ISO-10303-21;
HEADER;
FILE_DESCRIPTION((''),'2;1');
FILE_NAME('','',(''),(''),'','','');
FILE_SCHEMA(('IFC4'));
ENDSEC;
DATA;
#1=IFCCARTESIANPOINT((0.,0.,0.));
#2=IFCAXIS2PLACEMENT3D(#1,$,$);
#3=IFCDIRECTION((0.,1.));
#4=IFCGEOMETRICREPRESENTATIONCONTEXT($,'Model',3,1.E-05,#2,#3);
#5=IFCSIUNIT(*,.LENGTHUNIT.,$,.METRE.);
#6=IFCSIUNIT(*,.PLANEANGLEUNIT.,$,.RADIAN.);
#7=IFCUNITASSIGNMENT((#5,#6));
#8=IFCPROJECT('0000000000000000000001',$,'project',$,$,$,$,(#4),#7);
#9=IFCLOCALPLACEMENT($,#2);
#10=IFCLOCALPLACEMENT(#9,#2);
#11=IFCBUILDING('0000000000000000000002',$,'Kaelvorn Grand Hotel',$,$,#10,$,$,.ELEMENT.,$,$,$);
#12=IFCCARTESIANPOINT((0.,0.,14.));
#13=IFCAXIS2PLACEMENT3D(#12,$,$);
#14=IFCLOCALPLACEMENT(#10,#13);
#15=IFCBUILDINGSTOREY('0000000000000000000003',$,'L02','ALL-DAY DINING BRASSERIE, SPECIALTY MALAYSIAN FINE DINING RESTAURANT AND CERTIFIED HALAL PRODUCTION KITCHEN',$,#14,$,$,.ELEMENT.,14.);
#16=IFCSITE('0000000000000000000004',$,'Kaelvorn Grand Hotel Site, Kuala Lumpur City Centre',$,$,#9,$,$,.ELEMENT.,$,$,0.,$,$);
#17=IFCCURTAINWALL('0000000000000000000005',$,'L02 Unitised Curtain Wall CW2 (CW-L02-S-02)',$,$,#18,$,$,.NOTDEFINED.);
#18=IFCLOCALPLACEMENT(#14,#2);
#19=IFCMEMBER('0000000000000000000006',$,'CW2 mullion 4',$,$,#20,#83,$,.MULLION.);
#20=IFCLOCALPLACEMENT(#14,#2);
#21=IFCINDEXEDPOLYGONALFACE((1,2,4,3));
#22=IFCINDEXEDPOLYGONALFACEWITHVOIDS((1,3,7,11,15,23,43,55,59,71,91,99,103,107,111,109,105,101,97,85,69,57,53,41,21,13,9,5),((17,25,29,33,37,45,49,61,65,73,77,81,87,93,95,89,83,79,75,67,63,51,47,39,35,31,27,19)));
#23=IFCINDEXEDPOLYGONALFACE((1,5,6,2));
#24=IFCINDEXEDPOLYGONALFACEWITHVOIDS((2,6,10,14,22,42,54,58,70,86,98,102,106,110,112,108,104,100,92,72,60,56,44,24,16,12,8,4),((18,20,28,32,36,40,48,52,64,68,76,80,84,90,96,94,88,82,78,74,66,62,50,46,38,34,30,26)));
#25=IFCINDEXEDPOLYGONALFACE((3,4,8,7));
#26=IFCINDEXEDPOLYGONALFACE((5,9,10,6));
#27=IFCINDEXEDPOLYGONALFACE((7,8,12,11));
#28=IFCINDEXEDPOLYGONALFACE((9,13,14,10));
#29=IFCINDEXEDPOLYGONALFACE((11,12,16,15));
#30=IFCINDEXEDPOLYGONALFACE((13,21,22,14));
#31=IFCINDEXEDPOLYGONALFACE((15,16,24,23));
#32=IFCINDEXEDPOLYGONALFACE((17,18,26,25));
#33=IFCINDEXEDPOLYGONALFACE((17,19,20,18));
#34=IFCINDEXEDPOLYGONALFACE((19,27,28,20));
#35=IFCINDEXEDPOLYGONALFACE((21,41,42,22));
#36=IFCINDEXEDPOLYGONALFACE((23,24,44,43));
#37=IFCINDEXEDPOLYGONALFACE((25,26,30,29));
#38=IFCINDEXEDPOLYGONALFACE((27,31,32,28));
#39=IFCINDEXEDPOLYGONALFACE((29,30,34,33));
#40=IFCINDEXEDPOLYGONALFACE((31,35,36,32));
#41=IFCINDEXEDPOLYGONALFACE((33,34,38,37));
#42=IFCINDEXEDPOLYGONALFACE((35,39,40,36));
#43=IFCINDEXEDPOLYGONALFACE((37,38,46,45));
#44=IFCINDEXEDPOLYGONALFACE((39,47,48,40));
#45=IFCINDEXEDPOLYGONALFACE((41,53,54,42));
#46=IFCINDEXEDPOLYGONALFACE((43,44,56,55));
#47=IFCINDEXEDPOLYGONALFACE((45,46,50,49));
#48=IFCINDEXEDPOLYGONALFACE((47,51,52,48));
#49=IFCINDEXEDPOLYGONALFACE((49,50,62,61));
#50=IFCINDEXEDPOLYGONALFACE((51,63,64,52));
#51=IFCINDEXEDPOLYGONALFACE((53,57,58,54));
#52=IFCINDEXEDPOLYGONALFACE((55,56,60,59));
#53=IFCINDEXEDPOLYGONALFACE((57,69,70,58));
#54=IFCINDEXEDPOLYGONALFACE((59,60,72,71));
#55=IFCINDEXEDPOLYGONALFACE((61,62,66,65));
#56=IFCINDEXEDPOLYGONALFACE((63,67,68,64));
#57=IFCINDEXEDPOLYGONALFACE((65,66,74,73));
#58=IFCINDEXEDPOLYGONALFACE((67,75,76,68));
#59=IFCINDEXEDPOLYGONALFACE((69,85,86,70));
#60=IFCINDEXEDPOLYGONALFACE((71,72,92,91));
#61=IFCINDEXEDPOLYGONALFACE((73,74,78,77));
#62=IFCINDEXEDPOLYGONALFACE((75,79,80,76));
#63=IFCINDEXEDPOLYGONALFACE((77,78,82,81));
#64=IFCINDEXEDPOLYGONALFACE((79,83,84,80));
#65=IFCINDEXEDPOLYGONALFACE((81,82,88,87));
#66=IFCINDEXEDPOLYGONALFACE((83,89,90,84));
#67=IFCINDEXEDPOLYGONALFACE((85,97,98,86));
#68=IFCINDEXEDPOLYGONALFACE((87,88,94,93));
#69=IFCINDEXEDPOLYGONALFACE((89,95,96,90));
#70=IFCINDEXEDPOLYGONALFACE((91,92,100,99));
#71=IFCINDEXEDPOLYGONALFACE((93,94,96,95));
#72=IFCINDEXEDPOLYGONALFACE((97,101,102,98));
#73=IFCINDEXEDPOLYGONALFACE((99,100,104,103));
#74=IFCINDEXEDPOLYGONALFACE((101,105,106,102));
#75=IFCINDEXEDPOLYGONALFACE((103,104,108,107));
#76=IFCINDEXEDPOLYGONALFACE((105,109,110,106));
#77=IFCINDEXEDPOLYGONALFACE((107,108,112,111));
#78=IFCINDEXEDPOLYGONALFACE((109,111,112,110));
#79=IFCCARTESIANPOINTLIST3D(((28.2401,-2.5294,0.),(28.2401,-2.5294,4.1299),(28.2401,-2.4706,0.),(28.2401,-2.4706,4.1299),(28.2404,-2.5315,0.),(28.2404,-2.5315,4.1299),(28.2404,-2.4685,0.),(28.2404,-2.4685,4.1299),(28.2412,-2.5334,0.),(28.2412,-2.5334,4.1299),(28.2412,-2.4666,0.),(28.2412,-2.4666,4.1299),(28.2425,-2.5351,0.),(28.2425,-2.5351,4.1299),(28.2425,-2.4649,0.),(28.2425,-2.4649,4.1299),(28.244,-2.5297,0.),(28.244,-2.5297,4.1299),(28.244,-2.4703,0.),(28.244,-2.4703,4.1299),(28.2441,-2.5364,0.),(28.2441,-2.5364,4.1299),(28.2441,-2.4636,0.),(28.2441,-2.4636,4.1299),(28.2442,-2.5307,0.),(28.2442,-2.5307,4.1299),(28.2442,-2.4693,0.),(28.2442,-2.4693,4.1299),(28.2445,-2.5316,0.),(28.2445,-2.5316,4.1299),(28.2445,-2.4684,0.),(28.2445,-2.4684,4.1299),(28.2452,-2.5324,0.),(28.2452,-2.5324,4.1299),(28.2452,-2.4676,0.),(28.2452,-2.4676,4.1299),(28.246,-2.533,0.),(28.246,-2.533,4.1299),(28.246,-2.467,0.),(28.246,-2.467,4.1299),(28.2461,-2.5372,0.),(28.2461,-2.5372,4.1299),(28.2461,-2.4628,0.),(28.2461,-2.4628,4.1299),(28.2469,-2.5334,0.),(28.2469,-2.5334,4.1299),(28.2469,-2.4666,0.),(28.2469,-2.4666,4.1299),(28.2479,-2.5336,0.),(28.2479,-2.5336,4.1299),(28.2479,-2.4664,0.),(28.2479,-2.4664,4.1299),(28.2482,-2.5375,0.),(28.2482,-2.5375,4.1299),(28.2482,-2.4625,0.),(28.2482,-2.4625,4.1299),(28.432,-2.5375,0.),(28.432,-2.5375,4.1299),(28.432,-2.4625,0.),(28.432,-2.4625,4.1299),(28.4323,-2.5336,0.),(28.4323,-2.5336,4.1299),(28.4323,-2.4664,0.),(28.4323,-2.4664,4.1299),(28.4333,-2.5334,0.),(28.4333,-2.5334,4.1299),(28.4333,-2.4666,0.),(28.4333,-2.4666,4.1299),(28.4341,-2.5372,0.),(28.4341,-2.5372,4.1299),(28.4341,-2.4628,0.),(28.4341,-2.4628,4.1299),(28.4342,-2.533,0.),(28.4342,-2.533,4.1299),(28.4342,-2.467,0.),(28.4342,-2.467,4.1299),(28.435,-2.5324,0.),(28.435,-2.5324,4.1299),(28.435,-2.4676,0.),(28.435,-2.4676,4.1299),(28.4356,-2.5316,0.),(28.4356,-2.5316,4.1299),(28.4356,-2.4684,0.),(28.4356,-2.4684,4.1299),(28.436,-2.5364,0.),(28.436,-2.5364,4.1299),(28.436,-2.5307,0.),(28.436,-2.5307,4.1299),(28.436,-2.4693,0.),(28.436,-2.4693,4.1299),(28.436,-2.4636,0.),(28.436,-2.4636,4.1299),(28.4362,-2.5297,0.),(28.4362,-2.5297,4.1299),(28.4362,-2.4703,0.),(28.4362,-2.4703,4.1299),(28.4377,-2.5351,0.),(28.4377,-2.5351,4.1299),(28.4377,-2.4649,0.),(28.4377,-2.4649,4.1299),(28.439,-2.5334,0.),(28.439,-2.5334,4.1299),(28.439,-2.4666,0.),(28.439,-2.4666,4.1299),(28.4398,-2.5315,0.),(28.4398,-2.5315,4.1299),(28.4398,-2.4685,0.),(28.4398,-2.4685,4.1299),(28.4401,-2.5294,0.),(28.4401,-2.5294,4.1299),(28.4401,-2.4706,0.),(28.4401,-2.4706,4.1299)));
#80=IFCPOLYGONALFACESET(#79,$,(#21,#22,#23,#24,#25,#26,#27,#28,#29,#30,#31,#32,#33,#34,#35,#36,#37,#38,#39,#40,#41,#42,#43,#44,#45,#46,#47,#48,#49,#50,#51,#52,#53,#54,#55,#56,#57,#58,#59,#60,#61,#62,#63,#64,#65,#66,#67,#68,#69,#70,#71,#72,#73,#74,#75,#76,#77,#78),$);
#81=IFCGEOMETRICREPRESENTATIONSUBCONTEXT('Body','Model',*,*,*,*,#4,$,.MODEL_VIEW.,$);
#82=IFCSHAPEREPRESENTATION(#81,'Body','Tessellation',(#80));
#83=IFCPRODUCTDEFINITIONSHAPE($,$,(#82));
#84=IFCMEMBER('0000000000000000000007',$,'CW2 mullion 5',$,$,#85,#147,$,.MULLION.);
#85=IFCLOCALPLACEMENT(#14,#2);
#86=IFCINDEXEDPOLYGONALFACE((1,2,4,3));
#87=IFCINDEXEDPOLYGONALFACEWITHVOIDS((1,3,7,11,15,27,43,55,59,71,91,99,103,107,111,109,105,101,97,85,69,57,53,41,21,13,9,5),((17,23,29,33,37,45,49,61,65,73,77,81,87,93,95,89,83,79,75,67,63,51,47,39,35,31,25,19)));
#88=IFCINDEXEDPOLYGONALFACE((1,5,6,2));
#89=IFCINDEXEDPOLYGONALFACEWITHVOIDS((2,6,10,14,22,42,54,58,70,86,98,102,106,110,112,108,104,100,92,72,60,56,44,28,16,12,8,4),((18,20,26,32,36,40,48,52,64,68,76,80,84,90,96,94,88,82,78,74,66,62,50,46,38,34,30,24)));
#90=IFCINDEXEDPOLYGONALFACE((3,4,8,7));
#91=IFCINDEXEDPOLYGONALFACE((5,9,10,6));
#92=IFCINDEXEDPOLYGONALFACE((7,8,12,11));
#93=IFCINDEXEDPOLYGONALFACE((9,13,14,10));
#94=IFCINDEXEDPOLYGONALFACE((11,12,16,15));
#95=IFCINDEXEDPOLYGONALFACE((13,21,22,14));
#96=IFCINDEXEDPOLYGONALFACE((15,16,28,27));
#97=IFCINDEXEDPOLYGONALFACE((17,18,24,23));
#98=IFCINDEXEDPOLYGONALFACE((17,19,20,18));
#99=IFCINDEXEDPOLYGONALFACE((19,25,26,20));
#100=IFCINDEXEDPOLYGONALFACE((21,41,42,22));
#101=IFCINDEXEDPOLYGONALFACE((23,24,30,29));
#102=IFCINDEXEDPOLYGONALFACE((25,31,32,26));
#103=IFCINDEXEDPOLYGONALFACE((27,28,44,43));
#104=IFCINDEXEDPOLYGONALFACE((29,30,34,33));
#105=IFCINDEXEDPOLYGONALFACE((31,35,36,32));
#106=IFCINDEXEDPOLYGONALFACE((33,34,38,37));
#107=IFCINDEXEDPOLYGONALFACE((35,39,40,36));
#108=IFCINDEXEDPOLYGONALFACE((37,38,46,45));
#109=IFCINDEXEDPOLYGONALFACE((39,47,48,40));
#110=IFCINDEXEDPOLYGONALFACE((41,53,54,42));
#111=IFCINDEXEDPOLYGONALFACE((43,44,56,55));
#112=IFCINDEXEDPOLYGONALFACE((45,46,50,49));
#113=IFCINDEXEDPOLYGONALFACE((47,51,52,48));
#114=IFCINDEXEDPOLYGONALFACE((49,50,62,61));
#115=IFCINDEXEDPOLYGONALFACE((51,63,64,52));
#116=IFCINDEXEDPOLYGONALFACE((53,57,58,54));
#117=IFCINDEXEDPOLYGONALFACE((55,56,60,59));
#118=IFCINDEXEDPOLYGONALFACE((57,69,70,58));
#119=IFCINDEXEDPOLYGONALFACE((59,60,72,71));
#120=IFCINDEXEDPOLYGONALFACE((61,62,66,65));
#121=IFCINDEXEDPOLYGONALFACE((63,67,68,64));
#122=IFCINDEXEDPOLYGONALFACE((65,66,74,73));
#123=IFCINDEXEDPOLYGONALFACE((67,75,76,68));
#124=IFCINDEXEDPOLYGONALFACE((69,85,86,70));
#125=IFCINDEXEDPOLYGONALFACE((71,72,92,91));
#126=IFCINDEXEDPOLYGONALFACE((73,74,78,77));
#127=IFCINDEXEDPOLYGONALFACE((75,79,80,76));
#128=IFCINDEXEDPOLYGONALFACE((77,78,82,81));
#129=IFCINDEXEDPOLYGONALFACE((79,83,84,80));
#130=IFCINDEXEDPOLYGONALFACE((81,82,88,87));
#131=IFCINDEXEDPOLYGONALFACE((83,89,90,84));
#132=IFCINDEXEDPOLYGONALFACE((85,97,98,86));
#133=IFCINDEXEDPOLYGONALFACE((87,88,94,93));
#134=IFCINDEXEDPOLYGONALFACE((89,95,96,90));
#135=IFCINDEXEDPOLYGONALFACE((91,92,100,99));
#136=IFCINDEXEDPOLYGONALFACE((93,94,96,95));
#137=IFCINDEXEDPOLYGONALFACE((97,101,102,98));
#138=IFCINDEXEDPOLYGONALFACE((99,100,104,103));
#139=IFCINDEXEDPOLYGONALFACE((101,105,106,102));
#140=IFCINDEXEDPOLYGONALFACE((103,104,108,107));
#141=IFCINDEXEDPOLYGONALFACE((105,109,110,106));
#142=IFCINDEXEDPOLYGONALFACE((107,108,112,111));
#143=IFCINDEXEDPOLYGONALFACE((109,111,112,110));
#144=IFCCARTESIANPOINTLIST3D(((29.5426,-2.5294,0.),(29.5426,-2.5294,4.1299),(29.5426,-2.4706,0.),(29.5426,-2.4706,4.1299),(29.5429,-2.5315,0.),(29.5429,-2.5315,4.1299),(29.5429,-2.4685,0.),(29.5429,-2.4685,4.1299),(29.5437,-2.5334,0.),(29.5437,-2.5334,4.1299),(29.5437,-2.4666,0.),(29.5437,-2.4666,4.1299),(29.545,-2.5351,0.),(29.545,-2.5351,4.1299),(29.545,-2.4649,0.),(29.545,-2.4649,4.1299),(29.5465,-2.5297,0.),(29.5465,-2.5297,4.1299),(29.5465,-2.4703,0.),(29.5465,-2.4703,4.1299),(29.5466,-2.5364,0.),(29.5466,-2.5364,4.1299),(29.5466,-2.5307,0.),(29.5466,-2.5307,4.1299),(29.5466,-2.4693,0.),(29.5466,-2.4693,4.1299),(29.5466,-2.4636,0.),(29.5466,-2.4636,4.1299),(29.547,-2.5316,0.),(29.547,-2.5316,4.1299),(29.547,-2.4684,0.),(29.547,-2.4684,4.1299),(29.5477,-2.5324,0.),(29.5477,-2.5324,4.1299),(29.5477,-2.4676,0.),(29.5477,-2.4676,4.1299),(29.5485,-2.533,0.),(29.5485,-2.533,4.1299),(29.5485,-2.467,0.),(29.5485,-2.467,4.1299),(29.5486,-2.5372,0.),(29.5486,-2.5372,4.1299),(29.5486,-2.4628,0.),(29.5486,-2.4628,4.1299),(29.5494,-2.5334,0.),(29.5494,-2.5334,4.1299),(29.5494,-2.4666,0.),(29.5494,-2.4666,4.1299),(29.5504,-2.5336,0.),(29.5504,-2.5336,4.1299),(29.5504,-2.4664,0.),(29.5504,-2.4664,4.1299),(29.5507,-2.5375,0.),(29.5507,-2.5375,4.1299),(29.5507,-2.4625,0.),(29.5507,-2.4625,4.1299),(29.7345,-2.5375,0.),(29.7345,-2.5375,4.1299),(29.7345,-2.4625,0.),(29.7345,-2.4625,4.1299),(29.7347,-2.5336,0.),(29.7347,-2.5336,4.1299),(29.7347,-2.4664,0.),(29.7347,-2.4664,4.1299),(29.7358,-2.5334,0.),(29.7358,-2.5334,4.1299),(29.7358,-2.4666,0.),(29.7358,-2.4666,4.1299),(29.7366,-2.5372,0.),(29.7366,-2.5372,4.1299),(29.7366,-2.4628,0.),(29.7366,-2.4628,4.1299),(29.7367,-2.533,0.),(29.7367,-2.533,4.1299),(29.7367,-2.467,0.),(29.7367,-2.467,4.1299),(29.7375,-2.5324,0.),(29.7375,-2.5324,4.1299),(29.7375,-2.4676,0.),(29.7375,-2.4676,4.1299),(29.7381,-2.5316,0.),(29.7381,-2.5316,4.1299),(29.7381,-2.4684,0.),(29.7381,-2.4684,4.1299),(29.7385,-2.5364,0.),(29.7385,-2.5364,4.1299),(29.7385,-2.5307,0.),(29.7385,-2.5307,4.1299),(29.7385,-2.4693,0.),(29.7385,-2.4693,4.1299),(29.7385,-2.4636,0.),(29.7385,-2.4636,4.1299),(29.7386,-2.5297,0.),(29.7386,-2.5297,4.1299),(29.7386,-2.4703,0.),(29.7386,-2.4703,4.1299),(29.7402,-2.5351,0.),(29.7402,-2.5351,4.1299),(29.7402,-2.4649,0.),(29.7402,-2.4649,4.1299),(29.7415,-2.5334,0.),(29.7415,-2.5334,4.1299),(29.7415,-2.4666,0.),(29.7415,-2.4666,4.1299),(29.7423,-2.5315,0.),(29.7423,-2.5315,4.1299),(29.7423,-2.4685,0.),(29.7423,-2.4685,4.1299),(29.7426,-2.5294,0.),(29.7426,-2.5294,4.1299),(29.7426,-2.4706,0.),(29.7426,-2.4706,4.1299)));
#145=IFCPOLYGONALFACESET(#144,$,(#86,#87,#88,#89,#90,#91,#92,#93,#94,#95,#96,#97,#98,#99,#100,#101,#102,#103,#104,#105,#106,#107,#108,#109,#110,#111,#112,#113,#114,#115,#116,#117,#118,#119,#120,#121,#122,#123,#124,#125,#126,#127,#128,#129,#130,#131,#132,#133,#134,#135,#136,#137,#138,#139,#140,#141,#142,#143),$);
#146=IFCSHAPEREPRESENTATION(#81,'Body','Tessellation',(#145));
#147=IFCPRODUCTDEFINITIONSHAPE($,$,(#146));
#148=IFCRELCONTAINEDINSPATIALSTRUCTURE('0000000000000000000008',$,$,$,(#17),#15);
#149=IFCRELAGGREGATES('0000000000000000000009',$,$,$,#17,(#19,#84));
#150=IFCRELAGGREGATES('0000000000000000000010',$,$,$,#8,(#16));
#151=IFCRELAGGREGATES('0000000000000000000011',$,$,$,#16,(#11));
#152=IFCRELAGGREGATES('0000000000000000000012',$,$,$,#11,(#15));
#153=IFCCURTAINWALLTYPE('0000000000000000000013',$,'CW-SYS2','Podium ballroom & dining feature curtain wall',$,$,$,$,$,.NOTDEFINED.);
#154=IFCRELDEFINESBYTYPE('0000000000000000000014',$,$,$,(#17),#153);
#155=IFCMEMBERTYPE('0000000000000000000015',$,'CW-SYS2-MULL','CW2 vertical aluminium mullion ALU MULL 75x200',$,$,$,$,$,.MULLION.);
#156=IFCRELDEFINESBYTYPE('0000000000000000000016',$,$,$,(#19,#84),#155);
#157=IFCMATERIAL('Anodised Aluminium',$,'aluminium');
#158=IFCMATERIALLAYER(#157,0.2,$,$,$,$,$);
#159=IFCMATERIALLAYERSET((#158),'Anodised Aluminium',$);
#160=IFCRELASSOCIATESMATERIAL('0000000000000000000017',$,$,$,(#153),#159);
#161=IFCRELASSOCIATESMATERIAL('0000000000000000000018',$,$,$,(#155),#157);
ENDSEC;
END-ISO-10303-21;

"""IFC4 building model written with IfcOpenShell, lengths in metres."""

from ifc_helpers import new_model, si_unit, direction, frame, origin, origin_2d, place, context, subcontext, project, spatial, hollow_rectangle, extrude, material, layer, layer_set, material_profile, profile_set, type_object, element, aggregate, save


model = new_model("IFC4")

# Units and contexts
model_context = context("Model", 3, precision=1e-05, world=origin(), true_north=direction((0.0, 1.0)))
body_context = subcontext(model_context, "Body", "Model", "MODEL_VIEW")
ifc_project = project(units=[si_unit("LENGTHUNIT", "METRE"), si_unit("PLANEANGLEUNIT", "RADIAN")], contexts=[model_context])

# Site, building, storey
site_placement = place(None, origin())
site = spatial("IfcSite", under=ifc_project, at=site_placement, Name="Kaelvorn Grand Hotel Site, Kuala Lumpur City Centre", CompositionType="ELEMENT", RefElevation=0.0)
building_placement = place(site_placement, origin())
building = spatial("IfcBuilding", under=site, at=building_placement, Name="Kaelvorn Grand Hotel", CompositionType="ELEMENT")
storey_placement = place(building_placement, frame((0.0, 0.0, 14.0)))
storey = spatial("IfcBuildingStorey", under=building, at=storey_placement, Name="L02", Description="ALL-DAY DINING BRASSERIE, SPECIALTY MALAYSIAN FINE DINING RESTAURANT AND CERTIFIED HALAL PRODUCTION KITCHEN", CompositionType="ELEMENT", Elevation=14.0)

# Shared definitions
ifc_material_1 = material(Name="Anodised Aluminium", Category="aluminium")
ifc_layer_1 = layer(ifc_material_1, 0.2)
ifc_layer_set_1 = layer_set([ifc_layer_1], Name="Anodised Aluminium")
curtain_wall_type = type_object("IfcCurtainWallType", Name="CW-SYS2", Description="Podium ballroom & dining feature curtain wall", PredefinedType="NOTDEFINED", material=ifc_layer_set_1)
ifc_material_profile_1 = material_profile(ifc_material_1, hollow_rectangle(XDim=0.075, YDim=0.2, WallThickness=0.0039, InnerFilletRadius=0.0039, OuterFilletRadius=0.0081, at=origin_2d()), Name="ALU MULL 75x200")
ifc_profile_set_1 = profile_set([ifc_material_profile_1], Name="Anodised Aluminium")
member_type_1 = type_object("IfcMemberType", Name="CW-SYS2-MULL", Description="CW2 vertical aluminium mullion ALU MULL 75x200", PredefinedType="MULLION", material=ifc_profile_set_1)

# Curtain wall, members
curtain_wall_1_placement = place(storey_placement, origin())
curtain_wall_1 = element("IfcCurtainWall", 1, at=curtain_wall_1_placement, inside=storey, type_object=curtain_wall_type, Name="L02 Unitised Curtain Wall CW2 (CW-L02-S-02)", PredefinedType="NOTDEFINED")
member_1_placement = place(storey_placement, frame((28.3401, -2.5, 0.0), z_axis=(0.0, 0.0, 1.0), x_axis=(0.0, 1.0, 0.0)))
member_1 = element("IfcMember", 2, at=member_1_placement, type_object=member_type_1, Name="CW2 mullion 4", PredefinedType="MULLION", context=body_context, shape_type="SweptSolid", body=[
    extrude(hollow_rectangle(XDim=0.075, YDim=0.2, WallThickness=0.0039, InnerFilletRadius=0.0039, OuterFilletRadius=0.0081, at=origin_2d()), origin(), (0.0, 0.0, 1.0), 4.1299),
])
member_2_placement = place(storey_placement, frame((29.6426, -2.5, 0.0), z_axis=(0.0, 0.0, 1.0), x_axis=(0.0, 1.0, 0.0)))
member_2 = element("IfcMember", 3, at=member_2_placement, type_object=member_type_1, Name="CW2 mullion 5", PredefinedType="MULLION", context=body_context, shape_type="SweptSolid", body=[
    extrude(hollow_rectangle(XDim=0.075, YDim=0.2, WallThickness=0.0039, InnerFilletRadius=0.0039, OuterFilletRadius=0.0081, at=origin_2d()), origin(), (0.0, 0.0, 1.0), 4.1299),
])

aggregate(curtain_wall_1, [member_1, member_2])

save(model, "model.ifc")
